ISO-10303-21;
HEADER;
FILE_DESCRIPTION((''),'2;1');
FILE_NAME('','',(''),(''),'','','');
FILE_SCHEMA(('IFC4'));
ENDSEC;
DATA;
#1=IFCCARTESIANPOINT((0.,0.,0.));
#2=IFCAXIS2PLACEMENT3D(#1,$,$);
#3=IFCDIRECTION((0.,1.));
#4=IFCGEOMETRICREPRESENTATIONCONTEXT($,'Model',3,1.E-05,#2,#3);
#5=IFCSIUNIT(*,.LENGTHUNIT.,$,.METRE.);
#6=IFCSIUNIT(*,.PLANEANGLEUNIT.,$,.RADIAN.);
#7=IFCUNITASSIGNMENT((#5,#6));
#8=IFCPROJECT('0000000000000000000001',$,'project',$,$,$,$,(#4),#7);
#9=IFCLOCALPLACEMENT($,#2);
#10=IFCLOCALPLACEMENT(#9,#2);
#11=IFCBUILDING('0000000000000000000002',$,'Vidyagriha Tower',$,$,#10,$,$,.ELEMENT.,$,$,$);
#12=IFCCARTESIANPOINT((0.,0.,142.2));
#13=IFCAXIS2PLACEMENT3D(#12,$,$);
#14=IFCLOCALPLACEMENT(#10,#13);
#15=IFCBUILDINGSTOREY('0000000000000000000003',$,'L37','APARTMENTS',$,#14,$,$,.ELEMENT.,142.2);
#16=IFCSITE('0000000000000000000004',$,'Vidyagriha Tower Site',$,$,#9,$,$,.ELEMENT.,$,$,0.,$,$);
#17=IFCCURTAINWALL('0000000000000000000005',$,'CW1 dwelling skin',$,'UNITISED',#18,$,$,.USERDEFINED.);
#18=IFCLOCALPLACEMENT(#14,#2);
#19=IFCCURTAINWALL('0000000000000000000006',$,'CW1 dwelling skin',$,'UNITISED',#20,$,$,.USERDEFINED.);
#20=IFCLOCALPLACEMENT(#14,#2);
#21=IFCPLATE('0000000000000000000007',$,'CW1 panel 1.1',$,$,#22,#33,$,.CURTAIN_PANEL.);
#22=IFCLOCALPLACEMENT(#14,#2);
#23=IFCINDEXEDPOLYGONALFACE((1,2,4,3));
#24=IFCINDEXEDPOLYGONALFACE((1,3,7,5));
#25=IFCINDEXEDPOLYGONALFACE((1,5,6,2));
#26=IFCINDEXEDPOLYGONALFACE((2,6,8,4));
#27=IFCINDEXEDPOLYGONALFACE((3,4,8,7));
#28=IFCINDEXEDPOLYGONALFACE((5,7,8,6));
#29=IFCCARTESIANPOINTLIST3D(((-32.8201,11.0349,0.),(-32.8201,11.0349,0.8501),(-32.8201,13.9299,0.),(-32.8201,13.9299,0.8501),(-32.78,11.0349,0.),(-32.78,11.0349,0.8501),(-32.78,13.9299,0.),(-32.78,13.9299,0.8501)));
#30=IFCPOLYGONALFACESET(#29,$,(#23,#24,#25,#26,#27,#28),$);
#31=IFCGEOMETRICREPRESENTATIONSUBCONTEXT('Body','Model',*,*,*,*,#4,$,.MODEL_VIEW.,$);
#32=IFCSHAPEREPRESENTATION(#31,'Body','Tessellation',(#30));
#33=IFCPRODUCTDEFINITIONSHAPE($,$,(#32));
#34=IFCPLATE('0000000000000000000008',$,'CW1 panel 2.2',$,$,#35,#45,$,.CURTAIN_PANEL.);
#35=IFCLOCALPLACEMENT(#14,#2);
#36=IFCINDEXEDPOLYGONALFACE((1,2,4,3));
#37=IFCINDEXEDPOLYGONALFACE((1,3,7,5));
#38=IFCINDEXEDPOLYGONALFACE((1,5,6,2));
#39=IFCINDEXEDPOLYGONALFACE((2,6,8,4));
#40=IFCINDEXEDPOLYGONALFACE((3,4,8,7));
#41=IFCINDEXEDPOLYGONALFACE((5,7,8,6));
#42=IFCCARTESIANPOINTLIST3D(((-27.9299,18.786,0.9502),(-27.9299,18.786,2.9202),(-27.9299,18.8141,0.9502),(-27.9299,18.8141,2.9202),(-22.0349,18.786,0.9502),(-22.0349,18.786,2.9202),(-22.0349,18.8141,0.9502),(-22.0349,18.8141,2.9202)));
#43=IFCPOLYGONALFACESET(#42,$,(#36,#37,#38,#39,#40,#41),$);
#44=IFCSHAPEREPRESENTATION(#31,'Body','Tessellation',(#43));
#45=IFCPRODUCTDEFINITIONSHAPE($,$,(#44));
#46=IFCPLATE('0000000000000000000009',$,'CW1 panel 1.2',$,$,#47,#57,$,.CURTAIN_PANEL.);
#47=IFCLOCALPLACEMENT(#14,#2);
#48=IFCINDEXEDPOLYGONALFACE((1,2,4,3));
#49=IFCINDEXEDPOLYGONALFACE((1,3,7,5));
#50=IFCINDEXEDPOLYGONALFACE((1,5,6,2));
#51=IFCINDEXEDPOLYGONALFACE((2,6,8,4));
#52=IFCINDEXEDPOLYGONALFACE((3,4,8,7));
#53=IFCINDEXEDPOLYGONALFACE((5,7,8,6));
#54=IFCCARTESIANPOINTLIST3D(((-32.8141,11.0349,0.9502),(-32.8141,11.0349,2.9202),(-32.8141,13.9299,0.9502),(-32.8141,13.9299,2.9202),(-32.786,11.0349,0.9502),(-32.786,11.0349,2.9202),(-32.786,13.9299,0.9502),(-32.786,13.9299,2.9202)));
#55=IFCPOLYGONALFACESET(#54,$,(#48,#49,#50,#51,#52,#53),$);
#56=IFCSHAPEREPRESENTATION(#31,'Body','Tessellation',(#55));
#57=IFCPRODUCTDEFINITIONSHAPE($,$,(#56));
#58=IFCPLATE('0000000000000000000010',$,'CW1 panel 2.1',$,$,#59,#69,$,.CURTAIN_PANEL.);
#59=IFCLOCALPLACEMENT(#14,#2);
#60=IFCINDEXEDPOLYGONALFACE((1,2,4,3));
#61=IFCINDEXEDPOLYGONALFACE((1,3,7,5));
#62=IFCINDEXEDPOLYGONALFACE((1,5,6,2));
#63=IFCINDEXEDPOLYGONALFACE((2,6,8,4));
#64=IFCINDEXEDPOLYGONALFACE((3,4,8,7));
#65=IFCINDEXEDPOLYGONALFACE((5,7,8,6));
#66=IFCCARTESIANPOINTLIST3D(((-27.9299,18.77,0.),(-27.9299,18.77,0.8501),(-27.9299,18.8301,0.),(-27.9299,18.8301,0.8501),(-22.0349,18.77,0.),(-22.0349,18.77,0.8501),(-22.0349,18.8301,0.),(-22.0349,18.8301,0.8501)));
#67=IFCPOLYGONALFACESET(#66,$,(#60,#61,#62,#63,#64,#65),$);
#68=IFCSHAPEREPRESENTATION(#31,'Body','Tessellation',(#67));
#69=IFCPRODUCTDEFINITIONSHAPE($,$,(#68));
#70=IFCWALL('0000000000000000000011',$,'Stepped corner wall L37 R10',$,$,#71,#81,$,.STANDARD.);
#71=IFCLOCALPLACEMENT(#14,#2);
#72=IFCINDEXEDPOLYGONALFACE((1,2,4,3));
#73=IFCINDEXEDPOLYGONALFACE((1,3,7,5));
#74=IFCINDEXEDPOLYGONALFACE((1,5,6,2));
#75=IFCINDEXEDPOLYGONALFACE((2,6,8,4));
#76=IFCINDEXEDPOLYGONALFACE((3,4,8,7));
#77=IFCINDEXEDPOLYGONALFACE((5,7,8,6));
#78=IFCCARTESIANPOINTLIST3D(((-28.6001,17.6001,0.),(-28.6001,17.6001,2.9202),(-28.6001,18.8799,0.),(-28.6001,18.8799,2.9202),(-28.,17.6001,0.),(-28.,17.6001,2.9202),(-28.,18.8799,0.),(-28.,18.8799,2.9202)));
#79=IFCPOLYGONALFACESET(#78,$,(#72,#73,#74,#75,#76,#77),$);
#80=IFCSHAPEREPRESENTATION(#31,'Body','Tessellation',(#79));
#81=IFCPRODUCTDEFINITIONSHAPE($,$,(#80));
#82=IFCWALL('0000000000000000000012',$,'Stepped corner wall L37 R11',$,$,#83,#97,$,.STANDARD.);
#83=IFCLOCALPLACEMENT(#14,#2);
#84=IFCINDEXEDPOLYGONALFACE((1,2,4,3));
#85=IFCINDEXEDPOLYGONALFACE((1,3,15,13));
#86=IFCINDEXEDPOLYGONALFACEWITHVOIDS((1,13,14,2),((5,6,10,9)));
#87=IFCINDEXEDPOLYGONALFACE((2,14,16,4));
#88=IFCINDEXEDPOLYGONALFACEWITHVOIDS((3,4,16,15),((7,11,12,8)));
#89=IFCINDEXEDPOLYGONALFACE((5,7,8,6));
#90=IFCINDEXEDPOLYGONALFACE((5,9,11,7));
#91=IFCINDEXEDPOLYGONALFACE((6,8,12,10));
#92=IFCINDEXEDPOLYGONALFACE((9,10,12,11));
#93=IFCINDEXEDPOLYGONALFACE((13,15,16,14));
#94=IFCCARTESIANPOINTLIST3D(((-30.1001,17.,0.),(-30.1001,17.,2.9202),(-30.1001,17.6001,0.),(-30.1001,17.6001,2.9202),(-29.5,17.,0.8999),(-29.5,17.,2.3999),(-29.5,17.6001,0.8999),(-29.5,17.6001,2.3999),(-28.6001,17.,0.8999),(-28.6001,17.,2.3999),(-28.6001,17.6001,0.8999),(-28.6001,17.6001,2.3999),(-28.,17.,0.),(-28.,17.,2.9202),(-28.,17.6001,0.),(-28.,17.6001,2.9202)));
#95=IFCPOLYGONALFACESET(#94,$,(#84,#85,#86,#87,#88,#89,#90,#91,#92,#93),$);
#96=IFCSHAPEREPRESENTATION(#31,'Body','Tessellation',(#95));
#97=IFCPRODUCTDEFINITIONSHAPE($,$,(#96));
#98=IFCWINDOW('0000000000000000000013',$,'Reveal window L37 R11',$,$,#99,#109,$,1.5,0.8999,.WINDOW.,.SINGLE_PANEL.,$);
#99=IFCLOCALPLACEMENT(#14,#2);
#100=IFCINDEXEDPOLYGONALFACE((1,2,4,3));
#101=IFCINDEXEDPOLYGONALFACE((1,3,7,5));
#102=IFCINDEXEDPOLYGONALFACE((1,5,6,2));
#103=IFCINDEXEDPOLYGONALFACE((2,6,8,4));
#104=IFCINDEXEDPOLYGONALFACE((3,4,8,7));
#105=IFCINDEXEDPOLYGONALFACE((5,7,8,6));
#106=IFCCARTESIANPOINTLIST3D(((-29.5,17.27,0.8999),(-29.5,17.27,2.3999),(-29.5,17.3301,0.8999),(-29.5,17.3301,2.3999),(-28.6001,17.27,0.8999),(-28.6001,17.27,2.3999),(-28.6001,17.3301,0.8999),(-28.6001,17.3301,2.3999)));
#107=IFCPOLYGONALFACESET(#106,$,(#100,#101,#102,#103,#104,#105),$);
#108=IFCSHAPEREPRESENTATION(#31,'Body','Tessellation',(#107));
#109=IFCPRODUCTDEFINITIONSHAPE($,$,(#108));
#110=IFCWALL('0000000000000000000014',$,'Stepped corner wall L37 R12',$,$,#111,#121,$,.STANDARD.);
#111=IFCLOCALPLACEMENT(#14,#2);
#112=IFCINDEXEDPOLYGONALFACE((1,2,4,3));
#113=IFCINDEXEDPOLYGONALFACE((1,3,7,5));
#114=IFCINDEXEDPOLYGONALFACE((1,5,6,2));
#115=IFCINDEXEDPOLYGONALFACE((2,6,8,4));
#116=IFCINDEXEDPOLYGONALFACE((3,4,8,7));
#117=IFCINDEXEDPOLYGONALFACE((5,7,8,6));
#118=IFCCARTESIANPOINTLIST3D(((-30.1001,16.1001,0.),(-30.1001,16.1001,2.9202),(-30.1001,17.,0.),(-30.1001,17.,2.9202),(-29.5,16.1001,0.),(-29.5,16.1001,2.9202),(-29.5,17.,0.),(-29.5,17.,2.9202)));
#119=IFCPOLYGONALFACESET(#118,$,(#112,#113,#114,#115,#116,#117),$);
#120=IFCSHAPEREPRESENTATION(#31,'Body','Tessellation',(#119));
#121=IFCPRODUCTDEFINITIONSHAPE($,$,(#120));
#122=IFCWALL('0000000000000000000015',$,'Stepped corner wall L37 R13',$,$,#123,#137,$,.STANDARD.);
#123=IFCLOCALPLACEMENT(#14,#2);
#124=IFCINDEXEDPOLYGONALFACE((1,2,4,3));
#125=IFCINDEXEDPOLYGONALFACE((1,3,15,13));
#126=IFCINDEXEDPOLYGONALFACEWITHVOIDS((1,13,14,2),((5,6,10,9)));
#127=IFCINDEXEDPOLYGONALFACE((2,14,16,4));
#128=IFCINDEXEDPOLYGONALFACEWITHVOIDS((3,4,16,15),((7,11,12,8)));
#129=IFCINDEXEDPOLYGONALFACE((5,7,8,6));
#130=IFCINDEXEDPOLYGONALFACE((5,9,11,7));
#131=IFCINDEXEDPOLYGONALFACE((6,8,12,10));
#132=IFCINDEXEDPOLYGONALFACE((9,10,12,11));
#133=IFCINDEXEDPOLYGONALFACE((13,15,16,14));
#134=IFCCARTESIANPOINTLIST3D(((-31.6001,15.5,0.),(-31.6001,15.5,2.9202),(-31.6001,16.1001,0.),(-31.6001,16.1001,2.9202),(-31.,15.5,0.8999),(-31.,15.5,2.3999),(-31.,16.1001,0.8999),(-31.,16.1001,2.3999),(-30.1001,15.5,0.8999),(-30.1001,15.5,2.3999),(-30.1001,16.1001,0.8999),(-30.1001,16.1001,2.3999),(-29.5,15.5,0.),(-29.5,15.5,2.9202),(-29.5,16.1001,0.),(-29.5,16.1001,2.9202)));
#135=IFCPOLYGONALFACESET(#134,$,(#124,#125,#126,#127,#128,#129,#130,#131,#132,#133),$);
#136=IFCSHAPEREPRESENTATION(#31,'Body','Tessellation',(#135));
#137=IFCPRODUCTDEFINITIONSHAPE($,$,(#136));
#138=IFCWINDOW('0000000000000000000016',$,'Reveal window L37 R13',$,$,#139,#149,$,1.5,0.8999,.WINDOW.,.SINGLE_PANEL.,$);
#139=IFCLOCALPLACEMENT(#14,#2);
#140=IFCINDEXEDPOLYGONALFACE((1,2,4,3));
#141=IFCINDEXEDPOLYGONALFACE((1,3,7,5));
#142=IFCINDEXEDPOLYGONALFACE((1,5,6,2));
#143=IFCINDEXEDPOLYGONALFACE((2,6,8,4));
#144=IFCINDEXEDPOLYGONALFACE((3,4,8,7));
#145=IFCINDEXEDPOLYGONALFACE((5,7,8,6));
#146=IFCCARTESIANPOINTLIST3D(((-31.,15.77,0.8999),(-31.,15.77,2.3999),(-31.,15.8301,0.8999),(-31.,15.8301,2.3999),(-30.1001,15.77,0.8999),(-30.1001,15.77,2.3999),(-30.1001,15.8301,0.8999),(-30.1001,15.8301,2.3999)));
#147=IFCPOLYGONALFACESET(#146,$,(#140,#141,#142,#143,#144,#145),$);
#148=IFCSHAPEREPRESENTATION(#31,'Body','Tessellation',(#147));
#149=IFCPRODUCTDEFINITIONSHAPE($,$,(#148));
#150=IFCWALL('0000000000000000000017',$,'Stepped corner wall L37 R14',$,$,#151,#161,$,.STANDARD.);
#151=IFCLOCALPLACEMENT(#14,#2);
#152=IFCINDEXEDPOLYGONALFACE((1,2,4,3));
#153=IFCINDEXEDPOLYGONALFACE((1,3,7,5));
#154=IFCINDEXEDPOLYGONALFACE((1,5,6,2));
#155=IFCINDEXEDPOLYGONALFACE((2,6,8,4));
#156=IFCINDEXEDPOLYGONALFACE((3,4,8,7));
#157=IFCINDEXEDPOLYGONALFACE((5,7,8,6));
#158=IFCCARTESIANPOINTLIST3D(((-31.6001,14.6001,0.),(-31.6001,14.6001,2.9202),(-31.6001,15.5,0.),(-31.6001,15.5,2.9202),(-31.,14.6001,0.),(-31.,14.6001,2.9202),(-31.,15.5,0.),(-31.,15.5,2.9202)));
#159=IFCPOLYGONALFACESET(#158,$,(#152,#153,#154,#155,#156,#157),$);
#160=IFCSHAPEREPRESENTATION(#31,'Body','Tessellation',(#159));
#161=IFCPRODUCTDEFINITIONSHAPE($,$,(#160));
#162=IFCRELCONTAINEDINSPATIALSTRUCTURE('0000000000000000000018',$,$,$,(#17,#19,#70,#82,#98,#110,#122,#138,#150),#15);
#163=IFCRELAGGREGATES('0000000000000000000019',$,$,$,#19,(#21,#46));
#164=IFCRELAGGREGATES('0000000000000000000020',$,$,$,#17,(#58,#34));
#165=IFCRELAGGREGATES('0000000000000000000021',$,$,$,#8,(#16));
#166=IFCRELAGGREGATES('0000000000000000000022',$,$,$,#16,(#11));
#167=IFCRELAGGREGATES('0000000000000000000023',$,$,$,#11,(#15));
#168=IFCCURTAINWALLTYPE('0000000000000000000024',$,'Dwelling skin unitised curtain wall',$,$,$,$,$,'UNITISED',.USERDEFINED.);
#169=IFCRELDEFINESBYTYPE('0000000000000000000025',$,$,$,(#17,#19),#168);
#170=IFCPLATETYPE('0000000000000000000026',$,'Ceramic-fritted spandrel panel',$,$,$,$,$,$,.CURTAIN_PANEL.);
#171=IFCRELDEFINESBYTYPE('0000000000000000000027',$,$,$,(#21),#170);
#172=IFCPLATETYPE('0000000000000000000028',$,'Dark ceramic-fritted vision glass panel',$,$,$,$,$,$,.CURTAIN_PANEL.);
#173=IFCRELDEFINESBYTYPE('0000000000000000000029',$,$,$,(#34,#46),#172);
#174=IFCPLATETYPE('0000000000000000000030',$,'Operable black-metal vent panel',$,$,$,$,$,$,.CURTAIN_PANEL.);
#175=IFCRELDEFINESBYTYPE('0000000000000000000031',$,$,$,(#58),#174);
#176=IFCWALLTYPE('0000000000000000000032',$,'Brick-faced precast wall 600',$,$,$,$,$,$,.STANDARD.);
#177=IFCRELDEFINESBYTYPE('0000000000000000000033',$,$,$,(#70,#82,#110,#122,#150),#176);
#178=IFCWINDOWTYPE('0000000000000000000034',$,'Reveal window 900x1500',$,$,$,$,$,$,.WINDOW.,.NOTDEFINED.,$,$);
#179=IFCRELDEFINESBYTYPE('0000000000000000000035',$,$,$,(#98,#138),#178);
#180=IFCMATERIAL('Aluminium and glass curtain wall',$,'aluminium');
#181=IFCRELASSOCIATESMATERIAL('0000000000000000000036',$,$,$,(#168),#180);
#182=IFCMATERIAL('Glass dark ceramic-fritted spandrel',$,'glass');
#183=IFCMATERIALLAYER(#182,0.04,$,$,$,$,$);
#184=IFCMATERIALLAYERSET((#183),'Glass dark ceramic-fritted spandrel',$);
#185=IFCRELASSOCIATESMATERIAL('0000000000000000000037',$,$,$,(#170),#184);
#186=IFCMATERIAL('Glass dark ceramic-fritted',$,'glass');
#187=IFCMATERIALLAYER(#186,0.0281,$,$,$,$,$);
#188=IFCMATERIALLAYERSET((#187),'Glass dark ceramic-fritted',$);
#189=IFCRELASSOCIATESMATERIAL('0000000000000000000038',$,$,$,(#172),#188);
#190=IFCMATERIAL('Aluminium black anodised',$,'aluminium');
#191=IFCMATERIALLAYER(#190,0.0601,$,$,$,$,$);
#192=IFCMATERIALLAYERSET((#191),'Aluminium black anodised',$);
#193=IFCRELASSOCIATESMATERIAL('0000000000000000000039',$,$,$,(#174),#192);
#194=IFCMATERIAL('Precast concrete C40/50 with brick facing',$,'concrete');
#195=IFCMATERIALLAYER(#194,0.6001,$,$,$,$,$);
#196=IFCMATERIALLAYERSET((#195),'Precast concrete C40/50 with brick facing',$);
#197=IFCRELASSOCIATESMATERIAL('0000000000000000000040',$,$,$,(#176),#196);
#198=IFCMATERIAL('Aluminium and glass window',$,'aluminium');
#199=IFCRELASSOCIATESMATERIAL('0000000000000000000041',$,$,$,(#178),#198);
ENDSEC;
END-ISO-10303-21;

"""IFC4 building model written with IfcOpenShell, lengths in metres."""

from ifc_helpers import new_model, si_unit, direction, frame, frame_2d, origin, origin_2d, place, context, subcontext, project, spatial, rectangle, extrude, material, layer, layer_set, type_object, element, fill, aggregate, save


model = new_model("IFC4")

# Units and contexts
model_context = context("Model", 3, precision=1e-05, world=origin(), true_north=direction((0.0, 1.0)))
body_context = subcontext(model_context, "Body", "Model", "MODEL_VIEW")
ifc_project = project(units=[si_unit("LENGTHUNIT", "METRE"), si_unit("PLANEANGLEUNIT", "RADIAN")], contexts=[model_context])

# Site, building, storey
site_placement = place(None, origin())
site = spatial("IfcSite", under=ifc_project, at=site_placement, Name="Vidyagriha Tower Site", CompositionType="ELEMENT", RefElevation=0.0)
building_placement = place(site_placement, origin())
building = spatial("IfcBuilding", under=site, at=building_placement, Name="Vidyagriha Tower", CompositionType="ELEMENT")
storey_placement = place(building_placement, frame((0.0, 0.0, 142.2)))
storey = spatial("IfcBuildingStorey", under=building, at=storey_placement, Name="L37", Description="APARTMENTS", CompositionType="ELEMENT", Elevation=142.2)

# Curtain wall
ifc_material_1 = material(Name="Aluminium and glass curtain wall", Category="aluminium")
curtain_wall_type = type_object("IfcCurtainWallType", Name="Dwelling skin unitised curtain wall", ElementType="UNITISED", PredefinedType="USERDEFINED", material=ifc_material_1)
curtain_wall_1_placement = place(storey_placement, origin())
curtain_wall_1 = element("IfcCurtainWall", 1, at=curtain_wall_1_placement, inside=storey, type_object=curtain_wall_type, Name="CW1 dwelling skin", ObjectType="UNITISED", PredefinedType="USERDEFINED")

# Curtain wall
curtain_wall_2_placement = place(storey_placement, origin())
curtain_wall_2 = element("IfcCurtainWall", 2, at=curtain_wall_2_placement, inside=storey, type_object=curtain_wall_type, Name="CW1 dwelling skin", ObjectType="UNITISED", PredefinedType="USERDEFINED")

# Plates
ifc_material_2 = material(Name="Glass dark ceramic-fritted spandrel", Category="glass")
ifc_layer_1 = layer(ifc_material_2, 0.04)
ifc_layer_set_1 = layer_set([ifc_layer_1], Name="Glass dark ceramic-fritted spandrel")
plate_type_1 = type_object("IfcPlateType", Name="Ceramic-fritted spandrel panel", PredefinedType="CURTAIN_PANEL", material=ifc_layer_set_1)
plate_1_placement = place(storey_placement, frame((-32.8, 12.4824, 0.0), z_axis=(0.0, 0.0, 1.0), x_axis=(0.0, -1.0, 0.0)))
plate_1 = element("IfcPlate", 3, at=plate_1_placement, type_object=plate_type_1, Name="CW1 panel 1.1", PredefinedType="CURTAIN_PANEL", context=body_context, shape_type="SweptSolid", body=[
    extrude(rectangle(XDim=2.895, YDim=0.04, at=origin_2d()), origin(), (0.0, 0.0, 1.0), 0.8501),
])
ifc_material_3 = material(Name="Glass dark ceramic-fritted", Category="glass")
ifc_layer_2 = layer(ifc_material_3, 0.0281)
ifc_layer_set_2 = layer_set([ifc_layer_2], Name="Glass dark ceramic-fritted")
plate_type_2 = type_object("IfcPlateType", Name="Dark ceramic-fritted vision glass panel", PredefinedType="CURTAIN_PANEL", material=ifc_layer_set_2)
plate_2_placement = place(storey_placement, frame((-24.9824, 18.8, 0.9502), z_axis=(0.0, 0.0, 1.0), x_axis=(-1.0, 0.0, 0.0)))
plate_2 = element("IfcPlate", 4, at=plate_2_placement, type_object=plate_type_2, Name="CW1 panel 2.2", PredefinedType="CURTAIN_PANEL", context=body_context, shape_type="SweptSolid", body=[
    extrude(rectangle(XDim=5.895, YDim=0.0281, at=origin_2d()), origin(), (0.0, 0.0, 1.0), 1.97),
])
plate_3_placement = place(storey_placement, frame((-32.8, 12.4824, 0.9502), z_axis=(0.0, 0.0, 1.0), x_axis=(0.0, -1.0, 0.0)))
plate_3 = element("IfcPlate", 5, at=plate_3_placement, type_object=plate_type_2, Name="CW1 panel 1.2", PredefinedType="CURTAIN_PANEL", context=body_context, shape_type="SweptSolid", body=[
    extrude(rectangle(XDim=2.895, YDim=0.0281, at=origin_2d()), origin(), (0.0, 0.0, 1.0), 1.97),
])
aggregate(curtain_wall_2, [plate_1, plate_3])
ifc_material_4 = material(Name="Aluminium black anodised", Category="aluminium")
ifc_layer_3 = layer(ifc_material_4, 0.0601)
ifc_layer_set_3 = layer_set([ifc_layer_3], Name="Aluminium black anodised")
plate_type_3 = type_object("IfcPlateType", Name="Operable black-metal vent panel", PredefinedType="CURTAIN_PANEL", material=ifc_layer_set_3)
plate_4_placement = place(storey_placement, frame((-24.9824, 18.8, 0.0), z_axis=(0.0, 0.0, 1.0), x_axis=(-1.0, 0.0, 0.0)))
plate_4 = element("IfcPlate", 6, at=plate_4_placement, type_object=plate_type_3, Name="CW1 panel 2.1", PredefinedType="CURTAIN_PANEL", context=body_context, shape_type="SweptSolid", body=[
    extrude(rectangle(XDim=5.895, YDim=0.0601, at=origin_2d()), origin(), (0.0, 0.0, 1.0), 0.8501),
])
aggregate(curtain_wall_1, [plate_4, plate_2])

# Wall
ifc_material_5 = material(Name="Precast concrete C40/50 with brick facing", Category="concrete")
ifc_layer_4 = layer(ifc_material_5, 0.6001)
ifc_layer_set_4 = layer_set([ifc_layer_4], Name="Precast concrete C40/50 with brick facing")
wall_type_1 = type_object("IfcWallType", Name="Brick-faced precast wall 600", PredefinedType="STANDARD", material=ifc_layer_set_4)
wall_1_placement = place(storey_placement, frame((-28.3, 18.8799, 0.0), z_axis=(0.0, 0.0, 1.0), x_axis=(0.0, -1.0, 0.0)))
element("IfcWall", 7, at=wall_1_placement, inside=storey, type_object=wall_type_1, Name="Stepped corner wall L37 R10", PredefinedType="STANDARD", context=body_context, shape_type="SweptSolid", body=[
    extrude(rectangle(XDim=1.2798, YDim=0.6001, at=frame_2d((0.6399, 0.0))), origin(), (0.0, 0.0, 1.0), 2.9202),
])

# Wall, opening, window
wall_2_placement = place(storey_placement, frame((-28.0, 17.3, 0.0), z_axis=(0.0, 0.0, 1.0), x_axis=(-1.0, 0.0, 0.0)))
wall_2 = element("IfcWall", 8, at=wall_2_placement, inside=storey, type_object=wall_type_1, Name="Stepped corner wall L37 R11", PredefinedType="STANDARD", context=body_context, shape_type="SweptSolid", body=[
    extrude(rectangle(XDim=2.1001, YDim=0.6001, at=frame_2d((1.05, 0.0))), origin(), (0.0, 0.0, 1.0), 2.9202),
])
opening_1_placement = place(wall_2_placement, frame((0.6001, 0.0, 0.8999)))
opening_1 = element("IfcOpeningElement", 9, at=opening_1_placement, cuts=wall_2, PredefinedType="OPENING", context=body_context, shape_type="SweptSolid", body=[
    extrude(rectangle(XDim=0.8999, YDim=1.5, at=frame_2d((0.45, 0.75))), frame((0.0, 0.3101, 0.0), z_axis=(0.0, -1.0, 0.0), x_axis=(1.0, 0.0, 0.0)), (0.0, 0.0, 1.0), 0.6201),
])
ifc_material_6 = material(Name="Aluminium and glass window", Category="aluminium")
window_type = type_object("IfcWindowType", Name="Reveal window 900x1500", PartitioningType="NOTDEFINED", PredefinedType="WINDOW", material=ifc_material_6)
window_1_placement = place(opening_1_placement, origin())
window_1 = element("IfcWindow", 10, at=window_1_placement, inside=storey, type_object=window_type, Name="Reveal window L37 R11", OverallHeight=1.5, OverallWidth=0.8999, PartitioningType="SINGLE_PANEL", PredefinedType="WINDOW", context=body_context, shape_type="SweptSolid", body=[
    extrude(rectangle(XDim=0.8999, YDim=1.5, at=frame_2d((0.45, 0.75))), frame((0.0, 0.03, 0.0), z_axis=(0.0, -1.0, 0.0), x_axis=(1.0, 0.0, 0.0)), (0.0, 0.0, 1.0), 0.0601),
])
fill(opening_1, window_1)

# Wall
wall_3_placement = place(storey_placement, frame((-29.8, 17.0, 0.0), z_axis=(0.0, 0.0, 1.0), x_axis=(0.0, -1.0, 0.0)))
element("IfcWall", 11, at=wall_3_placement, inside=storey, type_object=wall_type_1, Name="Stepped corner wall L37 R12", PredefinedType="STANDARD", context=body_context, shape_type="SweptSolid", body=[
    extrude(rectangle(XDim=0.8999, YDim=0.6001, at=frame_2d((0.45, 0.0))), origin(), (0.0, 0.0, 1.0), 2.9202),
])

# Wall, opening, window
wall_4_placement = place(storey_placement, frame((-29.5, 15.8, 0.0), z_axis=(0.0, 0.0, 1.0), x_axis=(-1.0, 0.0, 0.0)))
wall_4 = element("IfcWall", 12, at=wall_4_placement, inside=storey, type_object=wall_type_1, Name="Stepped corner wall L37 R13", PredefinedType="STANDARD", context=body_context, shape_type="SweptSolid", body=[
    extrude(rectangle(XDim=2.1001, YDim=0.6001, at=frame_2d((1.05, 0.0))), origin(), (0.0, 0.0, 1.0), 2.9202),
])
opening_2_placement = place(wall_4_placement, frame((0.6001, 0.0, 0.8999)))
opening_2 = element("IfcOpeningElement", 13, at=opening_2_placement, cuts=wall_4, PredefinedType="OPENING", context=body_context, shape_type="SweptSolid", body=[
    extrude(rectangle(XDim=0.8999, YDim=1.5, at=frame_2d((0.45, 0.75))), frame((0.0, 0.3101, 0.0), z_axis=(0.0, -1.0, 0.0), x_axis=(1.0, 0.0, 0.0)), (0.0, 0.0, 1.0), 0.6201),
])
window_2_placement = place(opening_2_placement, origin())
window_2 = element("IfcWindow", 14, at=window_2_placement, inside=storey, type_object=window_type, Name="Reveal window L37 R13", OverallHeight=1.5, OverallWidth=0.8999, PartitioningType="SINGLE_PANEL", PredefinedType="WINDOW", context=body_context, shape_type="SweptSolid", body=[
    extrude(rectangle(XDim=0.8999, YDim=1.5, at=frame_2d((0.45, 0.75))), frame((0.0, 0.03, 0.0), z_axis=(0.0, -1.0, 0.0), x_axis=(1.0, 0.0, 0.0)), (0.0, 0.0, 1.0), 0.0601),
])
fill(opening_2, window_2)

# Wall
wall_5_placement = place(storey_placement, frame((-31.3, 15.5, 0.0), z_axis=(0.0, 0.0, 1.0), x_axis=(0.0, -1.0, 0.0)))
element("IfcWall", 15, at=wall_5_placement, inside=storey, type_object=wall_type_1, Name="Stepped corner wall L37 R14", PredefinedType="STANDARD", context=body_context, shape_type="SweptSolid", body=[
    extrude(rectangle(XDim=0.8999, YDim=0.6001, at=frame_2d((0.45, 0.0))), origin(), (0.0, 0.0, 1.0), 2.9202),
])

save(model, "model.ifc")
